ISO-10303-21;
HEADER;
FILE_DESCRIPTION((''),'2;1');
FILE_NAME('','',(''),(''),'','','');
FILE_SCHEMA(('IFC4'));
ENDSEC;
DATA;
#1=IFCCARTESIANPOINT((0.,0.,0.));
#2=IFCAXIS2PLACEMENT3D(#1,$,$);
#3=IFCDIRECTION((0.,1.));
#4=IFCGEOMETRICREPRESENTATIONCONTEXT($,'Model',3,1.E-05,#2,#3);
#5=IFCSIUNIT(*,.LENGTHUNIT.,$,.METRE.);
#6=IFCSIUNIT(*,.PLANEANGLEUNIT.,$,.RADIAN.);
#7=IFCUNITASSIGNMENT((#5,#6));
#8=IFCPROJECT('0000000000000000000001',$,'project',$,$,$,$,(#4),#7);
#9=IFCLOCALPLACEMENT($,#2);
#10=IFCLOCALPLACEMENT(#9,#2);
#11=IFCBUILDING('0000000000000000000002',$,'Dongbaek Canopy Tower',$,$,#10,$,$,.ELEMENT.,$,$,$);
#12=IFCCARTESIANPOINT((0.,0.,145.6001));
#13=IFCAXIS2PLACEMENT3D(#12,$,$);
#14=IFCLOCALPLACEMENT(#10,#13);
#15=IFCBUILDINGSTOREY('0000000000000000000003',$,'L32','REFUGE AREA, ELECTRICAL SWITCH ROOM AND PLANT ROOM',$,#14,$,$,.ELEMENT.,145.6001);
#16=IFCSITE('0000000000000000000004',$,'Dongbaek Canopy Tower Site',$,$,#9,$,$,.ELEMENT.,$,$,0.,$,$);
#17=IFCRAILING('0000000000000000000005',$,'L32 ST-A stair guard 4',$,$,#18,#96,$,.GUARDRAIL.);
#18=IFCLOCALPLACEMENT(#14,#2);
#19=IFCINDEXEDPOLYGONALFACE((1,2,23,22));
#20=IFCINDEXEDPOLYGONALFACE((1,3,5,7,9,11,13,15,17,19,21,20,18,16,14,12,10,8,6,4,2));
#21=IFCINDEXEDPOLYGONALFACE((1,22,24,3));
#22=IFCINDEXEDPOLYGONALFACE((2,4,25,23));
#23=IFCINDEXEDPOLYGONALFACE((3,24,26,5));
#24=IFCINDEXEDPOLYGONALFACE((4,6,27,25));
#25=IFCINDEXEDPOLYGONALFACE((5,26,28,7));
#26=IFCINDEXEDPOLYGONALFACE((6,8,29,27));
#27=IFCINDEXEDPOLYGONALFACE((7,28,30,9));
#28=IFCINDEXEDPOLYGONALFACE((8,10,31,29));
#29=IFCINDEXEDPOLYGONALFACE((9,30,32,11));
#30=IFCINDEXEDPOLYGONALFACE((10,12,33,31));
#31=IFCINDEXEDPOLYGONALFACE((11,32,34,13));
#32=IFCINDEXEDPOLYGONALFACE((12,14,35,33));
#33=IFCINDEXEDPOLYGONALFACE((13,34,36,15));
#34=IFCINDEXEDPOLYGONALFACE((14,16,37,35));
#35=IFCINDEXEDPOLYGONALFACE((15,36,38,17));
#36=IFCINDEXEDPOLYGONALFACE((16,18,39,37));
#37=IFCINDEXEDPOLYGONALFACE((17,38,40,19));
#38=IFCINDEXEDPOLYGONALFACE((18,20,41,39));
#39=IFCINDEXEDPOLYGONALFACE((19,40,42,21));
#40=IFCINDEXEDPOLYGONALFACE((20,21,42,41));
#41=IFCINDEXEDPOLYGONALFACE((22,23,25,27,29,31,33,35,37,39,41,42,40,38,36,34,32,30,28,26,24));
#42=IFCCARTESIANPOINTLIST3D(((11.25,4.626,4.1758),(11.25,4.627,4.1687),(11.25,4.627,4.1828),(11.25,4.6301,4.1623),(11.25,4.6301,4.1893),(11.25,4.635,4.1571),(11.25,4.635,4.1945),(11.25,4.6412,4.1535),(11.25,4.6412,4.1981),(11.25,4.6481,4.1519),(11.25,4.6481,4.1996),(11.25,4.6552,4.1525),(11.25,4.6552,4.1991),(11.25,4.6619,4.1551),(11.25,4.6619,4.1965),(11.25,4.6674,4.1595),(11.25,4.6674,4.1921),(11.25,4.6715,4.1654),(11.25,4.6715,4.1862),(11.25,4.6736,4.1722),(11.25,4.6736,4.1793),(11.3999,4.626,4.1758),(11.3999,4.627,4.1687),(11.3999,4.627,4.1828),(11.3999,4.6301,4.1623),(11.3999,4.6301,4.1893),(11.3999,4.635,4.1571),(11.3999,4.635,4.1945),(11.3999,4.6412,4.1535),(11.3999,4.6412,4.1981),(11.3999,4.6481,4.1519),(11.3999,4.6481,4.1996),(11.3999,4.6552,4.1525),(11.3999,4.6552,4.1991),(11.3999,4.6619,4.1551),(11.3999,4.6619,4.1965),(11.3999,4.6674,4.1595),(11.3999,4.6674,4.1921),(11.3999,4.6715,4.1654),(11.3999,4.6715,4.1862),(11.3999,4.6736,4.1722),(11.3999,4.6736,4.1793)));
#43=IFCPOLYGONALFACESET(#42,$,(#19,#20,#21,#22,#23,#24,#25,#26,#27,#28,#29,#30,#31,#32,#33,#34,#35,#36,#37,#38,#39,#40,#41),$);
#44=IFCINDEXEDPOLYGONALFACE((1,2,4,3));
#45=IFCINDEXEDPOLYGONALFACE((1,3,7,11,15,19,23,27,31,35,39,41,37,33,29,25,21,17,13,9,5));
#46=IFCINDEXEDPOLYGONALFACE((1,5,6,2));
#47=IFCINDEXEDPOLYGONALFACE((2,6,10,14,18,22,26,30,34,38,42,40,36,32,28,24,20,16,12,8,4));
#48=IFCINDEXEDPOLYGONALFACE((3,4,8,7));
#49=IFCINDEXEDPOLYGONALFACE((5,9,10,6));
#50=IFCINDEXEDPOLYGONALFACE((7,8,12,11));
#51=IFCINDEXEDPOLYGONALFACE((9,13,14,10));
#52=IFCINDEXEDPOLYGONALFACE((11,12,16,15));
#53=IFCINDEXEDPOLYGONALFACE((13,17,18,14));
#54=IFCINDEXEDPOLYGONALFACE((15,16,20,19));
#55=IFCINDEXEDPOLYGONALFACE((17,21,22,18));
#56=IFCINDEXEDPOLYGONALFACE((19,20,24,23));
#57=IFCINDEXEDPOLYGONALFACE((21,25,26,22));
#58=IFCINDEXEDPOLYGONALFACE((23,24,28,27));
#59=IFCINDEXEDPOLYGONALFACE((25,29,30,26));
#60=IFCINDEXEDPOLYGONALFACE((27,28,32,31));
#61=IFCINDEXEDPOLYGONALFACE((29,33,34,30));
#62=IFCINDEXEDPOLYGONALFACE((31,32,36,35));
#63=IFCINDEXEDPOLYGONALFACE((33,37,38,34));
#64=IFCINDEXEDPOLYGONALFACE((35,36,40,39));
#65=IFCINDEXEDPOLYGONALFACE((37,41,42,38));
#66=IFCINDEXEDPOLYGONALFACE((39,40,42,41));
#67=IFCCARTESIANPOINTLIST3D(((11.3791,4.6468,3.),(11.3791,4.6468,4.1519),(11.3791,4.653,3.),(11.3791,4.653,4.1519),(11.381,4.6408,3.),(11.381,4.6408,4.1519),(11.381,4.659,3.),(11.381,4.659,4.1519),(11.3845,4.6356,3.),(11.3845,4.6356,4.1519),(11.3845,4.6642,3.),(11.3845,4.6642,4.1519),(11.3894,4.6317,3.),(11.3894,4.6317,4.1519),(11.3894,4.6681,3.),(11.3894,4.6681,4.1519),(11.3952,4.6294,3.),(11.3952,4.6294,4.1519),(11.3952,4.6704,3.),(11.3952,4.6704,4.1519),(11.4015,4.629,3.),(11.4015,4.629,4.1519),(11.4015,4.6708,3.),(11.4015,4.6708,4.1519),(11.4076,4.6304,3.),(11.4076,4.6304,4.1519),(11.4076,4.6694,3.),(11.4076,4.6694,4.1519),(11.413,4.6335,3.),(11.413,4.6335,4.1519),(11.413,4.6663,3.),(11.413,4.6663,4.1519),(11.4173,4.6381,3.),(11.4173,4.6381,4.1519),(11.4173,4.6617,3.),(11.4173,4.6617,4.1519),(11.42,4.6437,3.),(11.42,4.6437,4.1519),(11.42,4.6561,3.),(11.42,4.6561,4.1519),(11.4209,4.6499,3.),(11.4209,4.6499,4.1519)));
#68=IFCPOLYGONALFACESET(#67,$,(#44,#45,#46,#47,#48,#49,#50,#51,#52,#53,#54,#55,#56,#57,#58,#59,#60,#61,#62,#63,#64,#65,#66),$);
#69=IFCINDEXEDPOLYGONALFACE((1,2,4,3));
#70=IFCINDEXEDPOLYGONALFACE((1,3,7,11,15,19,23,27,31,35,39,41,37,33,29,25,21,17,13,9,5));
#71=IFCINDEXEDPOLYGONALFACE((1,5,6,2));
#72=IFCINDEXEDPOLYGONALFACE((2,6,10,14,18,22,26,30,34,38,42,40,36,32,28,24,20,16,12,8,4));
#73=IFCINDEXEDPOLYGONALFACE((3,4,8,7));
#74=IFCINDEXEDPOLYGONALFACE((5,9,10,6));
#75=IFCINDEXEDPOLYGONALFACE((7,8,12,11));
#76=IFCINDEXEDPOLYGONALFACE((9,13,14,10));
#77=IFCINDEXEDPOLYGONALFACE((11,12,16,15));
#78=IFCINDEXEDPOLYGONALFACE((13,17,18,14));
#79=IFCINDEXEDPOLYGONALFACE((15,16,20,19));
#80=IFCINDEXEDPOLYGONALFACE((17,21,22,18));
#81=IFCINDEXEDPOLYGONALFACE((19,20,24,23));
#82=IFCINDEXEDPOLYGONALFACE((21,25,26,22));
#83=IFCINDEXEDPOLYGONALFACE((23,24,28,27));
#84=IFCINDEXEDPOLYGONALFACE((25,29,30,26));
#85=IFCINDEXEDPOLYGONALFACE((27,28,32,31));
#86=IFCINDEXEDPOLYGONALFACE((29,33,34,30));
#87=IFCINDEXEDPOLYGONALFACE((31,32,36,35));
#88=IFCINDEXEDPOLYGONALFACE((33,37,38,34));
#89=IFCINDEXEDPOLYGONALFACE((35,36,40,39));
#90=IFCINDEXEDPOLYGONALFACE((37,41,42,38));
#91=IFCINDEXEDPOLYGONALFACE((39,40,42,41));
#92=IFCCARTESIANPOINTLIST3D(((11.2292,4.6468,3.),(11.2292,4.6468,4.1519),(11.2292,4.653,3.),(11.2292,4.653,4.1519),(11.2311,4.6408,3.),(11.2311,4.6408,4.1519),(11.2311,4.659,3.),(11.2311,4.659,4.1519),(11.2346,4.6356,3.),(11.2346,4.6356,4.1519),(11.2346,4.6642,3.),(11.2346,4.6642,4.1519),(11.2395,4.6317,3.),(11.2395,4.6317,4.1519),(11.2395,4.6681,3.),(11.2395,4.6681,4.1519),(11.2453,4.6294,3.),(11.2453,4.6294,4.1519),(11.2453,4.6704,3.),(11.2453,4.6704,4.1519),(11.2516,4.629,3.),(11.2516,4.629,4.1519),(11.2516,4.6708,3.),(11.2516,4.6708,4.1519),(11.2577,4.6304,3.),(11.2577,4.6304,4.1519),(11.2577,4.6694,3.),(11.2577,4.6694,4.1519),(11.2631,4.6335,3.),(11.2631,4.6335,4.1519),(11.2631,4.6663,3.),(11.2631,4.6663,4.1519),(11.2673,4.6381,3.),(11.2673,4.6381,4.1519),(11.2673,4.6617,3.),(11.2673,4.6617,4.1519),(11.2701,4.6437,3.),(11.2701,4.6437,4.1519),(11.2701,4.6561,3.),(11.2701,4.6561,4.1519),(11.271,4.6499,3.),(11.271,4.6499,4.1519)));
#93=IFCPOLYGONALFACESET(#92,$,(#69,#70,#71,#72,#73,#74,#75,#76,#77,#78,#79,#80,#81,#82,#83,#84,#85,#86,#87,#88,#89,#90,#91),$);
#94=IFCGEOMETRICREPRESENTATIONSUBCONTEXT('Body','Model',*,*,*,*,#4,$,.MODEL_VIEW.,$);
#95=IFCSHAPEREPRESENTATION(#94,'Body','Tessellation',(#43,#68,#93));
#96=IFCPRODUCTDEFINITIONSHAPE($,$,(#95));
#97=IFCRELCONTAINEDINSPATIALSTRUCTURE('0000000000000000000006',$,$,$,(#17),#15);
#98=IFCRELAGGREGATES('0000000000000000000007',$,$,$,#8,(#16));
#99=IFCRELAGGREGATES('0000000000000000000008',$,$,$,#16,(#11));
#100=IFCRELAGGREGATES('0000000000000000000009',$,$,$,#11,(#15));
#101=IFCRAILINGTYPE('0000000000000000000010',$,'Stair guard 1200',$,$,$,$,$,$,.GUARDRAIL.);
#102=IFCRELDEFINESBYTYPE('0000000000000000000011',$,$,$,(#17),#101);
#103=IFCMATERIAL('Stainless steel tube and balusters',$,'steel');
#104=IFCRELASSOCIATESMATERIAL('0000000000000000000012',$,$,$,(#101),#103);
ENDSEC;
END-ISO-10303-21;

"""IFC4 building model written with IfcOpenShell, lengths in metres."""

from ifc_helpers import new_model, si_unit, direction, frame, origin, origin_2d, place, context, subcontext, project, spatial, circle, extrude, material, type_object, element, save


model = new_model("IFC4")

# Units and contexts
model_context = context("Model", 3, precision=1e-05, world=origin(), true_north=direction((0.0, 1.0)))
body_context = subcontext(model_context, "Body", "Model", "MODEL_VIEW")
ifc_project = project(units=[si_unit("LENGTHUNIT", "METRE"), si_unit("PLANEANGLEUNIT", "RADIAN")], contexts=[model_context])

# Site, building, storey
site_placement = place(None, origin())
site = spatial("IfcSite", under=ifc_project, at=site_placement, Name="Dongbaek Canopy Tower Site", CompositionType="ELEMENT", RefElevation=0.0)
building_placement = place(site_placement, origin())
building = spatial("IfcBuilding", under=site, at=building_placement, Name="Dongbaek Canopy Tower", CompositionType="ELEMENT")
storey_placement = place(building_placement, frame((0.0, 0.0, 145.6001)))
storey = spatial("IfcBuildingStorey", under=building, at=storey_placement, Name="L32", Description="REFUGE AREA, ELECTRICAL SWITCH ROOM AND PLANT ROOM", CompositionType="ELEMENT", Elevation=145.6001)

# Railing
ifc_material_1 = material(Name="Stainless steel tube and balusters", Category="steel")
railing_type_1 = type_object("IfcRailingType", Name="Stair guard 1200", PredefinedType="GUARDRAIL", material=ifc_material_1)
railing_1_placement = place(storey_placement, frame((11.3999, 4.6499, 3.0)))
element("IfcRailing", 1, at=railing_1_placement, inside=storey, type_object=railing_type_1, Name="L32 ST-A stair guard 4", PredefinedType="GUARDRAIL", context=body_context, shape_type="SweptSolid", body=[
    extrude(circle(Radius=0.0239, at=origin_2d()), frame((0.0, 0.0, 1.1758), z_axis=(-1.0, 0.0, 0.0), x_axis=(0.0, -1.0, 0.0)), (0.0, 0.0, 1.0), 0.1499),
    extrude(circle(Radius=0.021, at=origin_2d()), origin(), (0.0, 0.0, 1.0), 1.1519),
    extrude(circle(Radius=0.021, at=origin_2d()), frame((-0.1499, 0.0, 0.0)), (0.0, 0.0, 1.0), 1.1519),
])

save(model, "model.ifc")
